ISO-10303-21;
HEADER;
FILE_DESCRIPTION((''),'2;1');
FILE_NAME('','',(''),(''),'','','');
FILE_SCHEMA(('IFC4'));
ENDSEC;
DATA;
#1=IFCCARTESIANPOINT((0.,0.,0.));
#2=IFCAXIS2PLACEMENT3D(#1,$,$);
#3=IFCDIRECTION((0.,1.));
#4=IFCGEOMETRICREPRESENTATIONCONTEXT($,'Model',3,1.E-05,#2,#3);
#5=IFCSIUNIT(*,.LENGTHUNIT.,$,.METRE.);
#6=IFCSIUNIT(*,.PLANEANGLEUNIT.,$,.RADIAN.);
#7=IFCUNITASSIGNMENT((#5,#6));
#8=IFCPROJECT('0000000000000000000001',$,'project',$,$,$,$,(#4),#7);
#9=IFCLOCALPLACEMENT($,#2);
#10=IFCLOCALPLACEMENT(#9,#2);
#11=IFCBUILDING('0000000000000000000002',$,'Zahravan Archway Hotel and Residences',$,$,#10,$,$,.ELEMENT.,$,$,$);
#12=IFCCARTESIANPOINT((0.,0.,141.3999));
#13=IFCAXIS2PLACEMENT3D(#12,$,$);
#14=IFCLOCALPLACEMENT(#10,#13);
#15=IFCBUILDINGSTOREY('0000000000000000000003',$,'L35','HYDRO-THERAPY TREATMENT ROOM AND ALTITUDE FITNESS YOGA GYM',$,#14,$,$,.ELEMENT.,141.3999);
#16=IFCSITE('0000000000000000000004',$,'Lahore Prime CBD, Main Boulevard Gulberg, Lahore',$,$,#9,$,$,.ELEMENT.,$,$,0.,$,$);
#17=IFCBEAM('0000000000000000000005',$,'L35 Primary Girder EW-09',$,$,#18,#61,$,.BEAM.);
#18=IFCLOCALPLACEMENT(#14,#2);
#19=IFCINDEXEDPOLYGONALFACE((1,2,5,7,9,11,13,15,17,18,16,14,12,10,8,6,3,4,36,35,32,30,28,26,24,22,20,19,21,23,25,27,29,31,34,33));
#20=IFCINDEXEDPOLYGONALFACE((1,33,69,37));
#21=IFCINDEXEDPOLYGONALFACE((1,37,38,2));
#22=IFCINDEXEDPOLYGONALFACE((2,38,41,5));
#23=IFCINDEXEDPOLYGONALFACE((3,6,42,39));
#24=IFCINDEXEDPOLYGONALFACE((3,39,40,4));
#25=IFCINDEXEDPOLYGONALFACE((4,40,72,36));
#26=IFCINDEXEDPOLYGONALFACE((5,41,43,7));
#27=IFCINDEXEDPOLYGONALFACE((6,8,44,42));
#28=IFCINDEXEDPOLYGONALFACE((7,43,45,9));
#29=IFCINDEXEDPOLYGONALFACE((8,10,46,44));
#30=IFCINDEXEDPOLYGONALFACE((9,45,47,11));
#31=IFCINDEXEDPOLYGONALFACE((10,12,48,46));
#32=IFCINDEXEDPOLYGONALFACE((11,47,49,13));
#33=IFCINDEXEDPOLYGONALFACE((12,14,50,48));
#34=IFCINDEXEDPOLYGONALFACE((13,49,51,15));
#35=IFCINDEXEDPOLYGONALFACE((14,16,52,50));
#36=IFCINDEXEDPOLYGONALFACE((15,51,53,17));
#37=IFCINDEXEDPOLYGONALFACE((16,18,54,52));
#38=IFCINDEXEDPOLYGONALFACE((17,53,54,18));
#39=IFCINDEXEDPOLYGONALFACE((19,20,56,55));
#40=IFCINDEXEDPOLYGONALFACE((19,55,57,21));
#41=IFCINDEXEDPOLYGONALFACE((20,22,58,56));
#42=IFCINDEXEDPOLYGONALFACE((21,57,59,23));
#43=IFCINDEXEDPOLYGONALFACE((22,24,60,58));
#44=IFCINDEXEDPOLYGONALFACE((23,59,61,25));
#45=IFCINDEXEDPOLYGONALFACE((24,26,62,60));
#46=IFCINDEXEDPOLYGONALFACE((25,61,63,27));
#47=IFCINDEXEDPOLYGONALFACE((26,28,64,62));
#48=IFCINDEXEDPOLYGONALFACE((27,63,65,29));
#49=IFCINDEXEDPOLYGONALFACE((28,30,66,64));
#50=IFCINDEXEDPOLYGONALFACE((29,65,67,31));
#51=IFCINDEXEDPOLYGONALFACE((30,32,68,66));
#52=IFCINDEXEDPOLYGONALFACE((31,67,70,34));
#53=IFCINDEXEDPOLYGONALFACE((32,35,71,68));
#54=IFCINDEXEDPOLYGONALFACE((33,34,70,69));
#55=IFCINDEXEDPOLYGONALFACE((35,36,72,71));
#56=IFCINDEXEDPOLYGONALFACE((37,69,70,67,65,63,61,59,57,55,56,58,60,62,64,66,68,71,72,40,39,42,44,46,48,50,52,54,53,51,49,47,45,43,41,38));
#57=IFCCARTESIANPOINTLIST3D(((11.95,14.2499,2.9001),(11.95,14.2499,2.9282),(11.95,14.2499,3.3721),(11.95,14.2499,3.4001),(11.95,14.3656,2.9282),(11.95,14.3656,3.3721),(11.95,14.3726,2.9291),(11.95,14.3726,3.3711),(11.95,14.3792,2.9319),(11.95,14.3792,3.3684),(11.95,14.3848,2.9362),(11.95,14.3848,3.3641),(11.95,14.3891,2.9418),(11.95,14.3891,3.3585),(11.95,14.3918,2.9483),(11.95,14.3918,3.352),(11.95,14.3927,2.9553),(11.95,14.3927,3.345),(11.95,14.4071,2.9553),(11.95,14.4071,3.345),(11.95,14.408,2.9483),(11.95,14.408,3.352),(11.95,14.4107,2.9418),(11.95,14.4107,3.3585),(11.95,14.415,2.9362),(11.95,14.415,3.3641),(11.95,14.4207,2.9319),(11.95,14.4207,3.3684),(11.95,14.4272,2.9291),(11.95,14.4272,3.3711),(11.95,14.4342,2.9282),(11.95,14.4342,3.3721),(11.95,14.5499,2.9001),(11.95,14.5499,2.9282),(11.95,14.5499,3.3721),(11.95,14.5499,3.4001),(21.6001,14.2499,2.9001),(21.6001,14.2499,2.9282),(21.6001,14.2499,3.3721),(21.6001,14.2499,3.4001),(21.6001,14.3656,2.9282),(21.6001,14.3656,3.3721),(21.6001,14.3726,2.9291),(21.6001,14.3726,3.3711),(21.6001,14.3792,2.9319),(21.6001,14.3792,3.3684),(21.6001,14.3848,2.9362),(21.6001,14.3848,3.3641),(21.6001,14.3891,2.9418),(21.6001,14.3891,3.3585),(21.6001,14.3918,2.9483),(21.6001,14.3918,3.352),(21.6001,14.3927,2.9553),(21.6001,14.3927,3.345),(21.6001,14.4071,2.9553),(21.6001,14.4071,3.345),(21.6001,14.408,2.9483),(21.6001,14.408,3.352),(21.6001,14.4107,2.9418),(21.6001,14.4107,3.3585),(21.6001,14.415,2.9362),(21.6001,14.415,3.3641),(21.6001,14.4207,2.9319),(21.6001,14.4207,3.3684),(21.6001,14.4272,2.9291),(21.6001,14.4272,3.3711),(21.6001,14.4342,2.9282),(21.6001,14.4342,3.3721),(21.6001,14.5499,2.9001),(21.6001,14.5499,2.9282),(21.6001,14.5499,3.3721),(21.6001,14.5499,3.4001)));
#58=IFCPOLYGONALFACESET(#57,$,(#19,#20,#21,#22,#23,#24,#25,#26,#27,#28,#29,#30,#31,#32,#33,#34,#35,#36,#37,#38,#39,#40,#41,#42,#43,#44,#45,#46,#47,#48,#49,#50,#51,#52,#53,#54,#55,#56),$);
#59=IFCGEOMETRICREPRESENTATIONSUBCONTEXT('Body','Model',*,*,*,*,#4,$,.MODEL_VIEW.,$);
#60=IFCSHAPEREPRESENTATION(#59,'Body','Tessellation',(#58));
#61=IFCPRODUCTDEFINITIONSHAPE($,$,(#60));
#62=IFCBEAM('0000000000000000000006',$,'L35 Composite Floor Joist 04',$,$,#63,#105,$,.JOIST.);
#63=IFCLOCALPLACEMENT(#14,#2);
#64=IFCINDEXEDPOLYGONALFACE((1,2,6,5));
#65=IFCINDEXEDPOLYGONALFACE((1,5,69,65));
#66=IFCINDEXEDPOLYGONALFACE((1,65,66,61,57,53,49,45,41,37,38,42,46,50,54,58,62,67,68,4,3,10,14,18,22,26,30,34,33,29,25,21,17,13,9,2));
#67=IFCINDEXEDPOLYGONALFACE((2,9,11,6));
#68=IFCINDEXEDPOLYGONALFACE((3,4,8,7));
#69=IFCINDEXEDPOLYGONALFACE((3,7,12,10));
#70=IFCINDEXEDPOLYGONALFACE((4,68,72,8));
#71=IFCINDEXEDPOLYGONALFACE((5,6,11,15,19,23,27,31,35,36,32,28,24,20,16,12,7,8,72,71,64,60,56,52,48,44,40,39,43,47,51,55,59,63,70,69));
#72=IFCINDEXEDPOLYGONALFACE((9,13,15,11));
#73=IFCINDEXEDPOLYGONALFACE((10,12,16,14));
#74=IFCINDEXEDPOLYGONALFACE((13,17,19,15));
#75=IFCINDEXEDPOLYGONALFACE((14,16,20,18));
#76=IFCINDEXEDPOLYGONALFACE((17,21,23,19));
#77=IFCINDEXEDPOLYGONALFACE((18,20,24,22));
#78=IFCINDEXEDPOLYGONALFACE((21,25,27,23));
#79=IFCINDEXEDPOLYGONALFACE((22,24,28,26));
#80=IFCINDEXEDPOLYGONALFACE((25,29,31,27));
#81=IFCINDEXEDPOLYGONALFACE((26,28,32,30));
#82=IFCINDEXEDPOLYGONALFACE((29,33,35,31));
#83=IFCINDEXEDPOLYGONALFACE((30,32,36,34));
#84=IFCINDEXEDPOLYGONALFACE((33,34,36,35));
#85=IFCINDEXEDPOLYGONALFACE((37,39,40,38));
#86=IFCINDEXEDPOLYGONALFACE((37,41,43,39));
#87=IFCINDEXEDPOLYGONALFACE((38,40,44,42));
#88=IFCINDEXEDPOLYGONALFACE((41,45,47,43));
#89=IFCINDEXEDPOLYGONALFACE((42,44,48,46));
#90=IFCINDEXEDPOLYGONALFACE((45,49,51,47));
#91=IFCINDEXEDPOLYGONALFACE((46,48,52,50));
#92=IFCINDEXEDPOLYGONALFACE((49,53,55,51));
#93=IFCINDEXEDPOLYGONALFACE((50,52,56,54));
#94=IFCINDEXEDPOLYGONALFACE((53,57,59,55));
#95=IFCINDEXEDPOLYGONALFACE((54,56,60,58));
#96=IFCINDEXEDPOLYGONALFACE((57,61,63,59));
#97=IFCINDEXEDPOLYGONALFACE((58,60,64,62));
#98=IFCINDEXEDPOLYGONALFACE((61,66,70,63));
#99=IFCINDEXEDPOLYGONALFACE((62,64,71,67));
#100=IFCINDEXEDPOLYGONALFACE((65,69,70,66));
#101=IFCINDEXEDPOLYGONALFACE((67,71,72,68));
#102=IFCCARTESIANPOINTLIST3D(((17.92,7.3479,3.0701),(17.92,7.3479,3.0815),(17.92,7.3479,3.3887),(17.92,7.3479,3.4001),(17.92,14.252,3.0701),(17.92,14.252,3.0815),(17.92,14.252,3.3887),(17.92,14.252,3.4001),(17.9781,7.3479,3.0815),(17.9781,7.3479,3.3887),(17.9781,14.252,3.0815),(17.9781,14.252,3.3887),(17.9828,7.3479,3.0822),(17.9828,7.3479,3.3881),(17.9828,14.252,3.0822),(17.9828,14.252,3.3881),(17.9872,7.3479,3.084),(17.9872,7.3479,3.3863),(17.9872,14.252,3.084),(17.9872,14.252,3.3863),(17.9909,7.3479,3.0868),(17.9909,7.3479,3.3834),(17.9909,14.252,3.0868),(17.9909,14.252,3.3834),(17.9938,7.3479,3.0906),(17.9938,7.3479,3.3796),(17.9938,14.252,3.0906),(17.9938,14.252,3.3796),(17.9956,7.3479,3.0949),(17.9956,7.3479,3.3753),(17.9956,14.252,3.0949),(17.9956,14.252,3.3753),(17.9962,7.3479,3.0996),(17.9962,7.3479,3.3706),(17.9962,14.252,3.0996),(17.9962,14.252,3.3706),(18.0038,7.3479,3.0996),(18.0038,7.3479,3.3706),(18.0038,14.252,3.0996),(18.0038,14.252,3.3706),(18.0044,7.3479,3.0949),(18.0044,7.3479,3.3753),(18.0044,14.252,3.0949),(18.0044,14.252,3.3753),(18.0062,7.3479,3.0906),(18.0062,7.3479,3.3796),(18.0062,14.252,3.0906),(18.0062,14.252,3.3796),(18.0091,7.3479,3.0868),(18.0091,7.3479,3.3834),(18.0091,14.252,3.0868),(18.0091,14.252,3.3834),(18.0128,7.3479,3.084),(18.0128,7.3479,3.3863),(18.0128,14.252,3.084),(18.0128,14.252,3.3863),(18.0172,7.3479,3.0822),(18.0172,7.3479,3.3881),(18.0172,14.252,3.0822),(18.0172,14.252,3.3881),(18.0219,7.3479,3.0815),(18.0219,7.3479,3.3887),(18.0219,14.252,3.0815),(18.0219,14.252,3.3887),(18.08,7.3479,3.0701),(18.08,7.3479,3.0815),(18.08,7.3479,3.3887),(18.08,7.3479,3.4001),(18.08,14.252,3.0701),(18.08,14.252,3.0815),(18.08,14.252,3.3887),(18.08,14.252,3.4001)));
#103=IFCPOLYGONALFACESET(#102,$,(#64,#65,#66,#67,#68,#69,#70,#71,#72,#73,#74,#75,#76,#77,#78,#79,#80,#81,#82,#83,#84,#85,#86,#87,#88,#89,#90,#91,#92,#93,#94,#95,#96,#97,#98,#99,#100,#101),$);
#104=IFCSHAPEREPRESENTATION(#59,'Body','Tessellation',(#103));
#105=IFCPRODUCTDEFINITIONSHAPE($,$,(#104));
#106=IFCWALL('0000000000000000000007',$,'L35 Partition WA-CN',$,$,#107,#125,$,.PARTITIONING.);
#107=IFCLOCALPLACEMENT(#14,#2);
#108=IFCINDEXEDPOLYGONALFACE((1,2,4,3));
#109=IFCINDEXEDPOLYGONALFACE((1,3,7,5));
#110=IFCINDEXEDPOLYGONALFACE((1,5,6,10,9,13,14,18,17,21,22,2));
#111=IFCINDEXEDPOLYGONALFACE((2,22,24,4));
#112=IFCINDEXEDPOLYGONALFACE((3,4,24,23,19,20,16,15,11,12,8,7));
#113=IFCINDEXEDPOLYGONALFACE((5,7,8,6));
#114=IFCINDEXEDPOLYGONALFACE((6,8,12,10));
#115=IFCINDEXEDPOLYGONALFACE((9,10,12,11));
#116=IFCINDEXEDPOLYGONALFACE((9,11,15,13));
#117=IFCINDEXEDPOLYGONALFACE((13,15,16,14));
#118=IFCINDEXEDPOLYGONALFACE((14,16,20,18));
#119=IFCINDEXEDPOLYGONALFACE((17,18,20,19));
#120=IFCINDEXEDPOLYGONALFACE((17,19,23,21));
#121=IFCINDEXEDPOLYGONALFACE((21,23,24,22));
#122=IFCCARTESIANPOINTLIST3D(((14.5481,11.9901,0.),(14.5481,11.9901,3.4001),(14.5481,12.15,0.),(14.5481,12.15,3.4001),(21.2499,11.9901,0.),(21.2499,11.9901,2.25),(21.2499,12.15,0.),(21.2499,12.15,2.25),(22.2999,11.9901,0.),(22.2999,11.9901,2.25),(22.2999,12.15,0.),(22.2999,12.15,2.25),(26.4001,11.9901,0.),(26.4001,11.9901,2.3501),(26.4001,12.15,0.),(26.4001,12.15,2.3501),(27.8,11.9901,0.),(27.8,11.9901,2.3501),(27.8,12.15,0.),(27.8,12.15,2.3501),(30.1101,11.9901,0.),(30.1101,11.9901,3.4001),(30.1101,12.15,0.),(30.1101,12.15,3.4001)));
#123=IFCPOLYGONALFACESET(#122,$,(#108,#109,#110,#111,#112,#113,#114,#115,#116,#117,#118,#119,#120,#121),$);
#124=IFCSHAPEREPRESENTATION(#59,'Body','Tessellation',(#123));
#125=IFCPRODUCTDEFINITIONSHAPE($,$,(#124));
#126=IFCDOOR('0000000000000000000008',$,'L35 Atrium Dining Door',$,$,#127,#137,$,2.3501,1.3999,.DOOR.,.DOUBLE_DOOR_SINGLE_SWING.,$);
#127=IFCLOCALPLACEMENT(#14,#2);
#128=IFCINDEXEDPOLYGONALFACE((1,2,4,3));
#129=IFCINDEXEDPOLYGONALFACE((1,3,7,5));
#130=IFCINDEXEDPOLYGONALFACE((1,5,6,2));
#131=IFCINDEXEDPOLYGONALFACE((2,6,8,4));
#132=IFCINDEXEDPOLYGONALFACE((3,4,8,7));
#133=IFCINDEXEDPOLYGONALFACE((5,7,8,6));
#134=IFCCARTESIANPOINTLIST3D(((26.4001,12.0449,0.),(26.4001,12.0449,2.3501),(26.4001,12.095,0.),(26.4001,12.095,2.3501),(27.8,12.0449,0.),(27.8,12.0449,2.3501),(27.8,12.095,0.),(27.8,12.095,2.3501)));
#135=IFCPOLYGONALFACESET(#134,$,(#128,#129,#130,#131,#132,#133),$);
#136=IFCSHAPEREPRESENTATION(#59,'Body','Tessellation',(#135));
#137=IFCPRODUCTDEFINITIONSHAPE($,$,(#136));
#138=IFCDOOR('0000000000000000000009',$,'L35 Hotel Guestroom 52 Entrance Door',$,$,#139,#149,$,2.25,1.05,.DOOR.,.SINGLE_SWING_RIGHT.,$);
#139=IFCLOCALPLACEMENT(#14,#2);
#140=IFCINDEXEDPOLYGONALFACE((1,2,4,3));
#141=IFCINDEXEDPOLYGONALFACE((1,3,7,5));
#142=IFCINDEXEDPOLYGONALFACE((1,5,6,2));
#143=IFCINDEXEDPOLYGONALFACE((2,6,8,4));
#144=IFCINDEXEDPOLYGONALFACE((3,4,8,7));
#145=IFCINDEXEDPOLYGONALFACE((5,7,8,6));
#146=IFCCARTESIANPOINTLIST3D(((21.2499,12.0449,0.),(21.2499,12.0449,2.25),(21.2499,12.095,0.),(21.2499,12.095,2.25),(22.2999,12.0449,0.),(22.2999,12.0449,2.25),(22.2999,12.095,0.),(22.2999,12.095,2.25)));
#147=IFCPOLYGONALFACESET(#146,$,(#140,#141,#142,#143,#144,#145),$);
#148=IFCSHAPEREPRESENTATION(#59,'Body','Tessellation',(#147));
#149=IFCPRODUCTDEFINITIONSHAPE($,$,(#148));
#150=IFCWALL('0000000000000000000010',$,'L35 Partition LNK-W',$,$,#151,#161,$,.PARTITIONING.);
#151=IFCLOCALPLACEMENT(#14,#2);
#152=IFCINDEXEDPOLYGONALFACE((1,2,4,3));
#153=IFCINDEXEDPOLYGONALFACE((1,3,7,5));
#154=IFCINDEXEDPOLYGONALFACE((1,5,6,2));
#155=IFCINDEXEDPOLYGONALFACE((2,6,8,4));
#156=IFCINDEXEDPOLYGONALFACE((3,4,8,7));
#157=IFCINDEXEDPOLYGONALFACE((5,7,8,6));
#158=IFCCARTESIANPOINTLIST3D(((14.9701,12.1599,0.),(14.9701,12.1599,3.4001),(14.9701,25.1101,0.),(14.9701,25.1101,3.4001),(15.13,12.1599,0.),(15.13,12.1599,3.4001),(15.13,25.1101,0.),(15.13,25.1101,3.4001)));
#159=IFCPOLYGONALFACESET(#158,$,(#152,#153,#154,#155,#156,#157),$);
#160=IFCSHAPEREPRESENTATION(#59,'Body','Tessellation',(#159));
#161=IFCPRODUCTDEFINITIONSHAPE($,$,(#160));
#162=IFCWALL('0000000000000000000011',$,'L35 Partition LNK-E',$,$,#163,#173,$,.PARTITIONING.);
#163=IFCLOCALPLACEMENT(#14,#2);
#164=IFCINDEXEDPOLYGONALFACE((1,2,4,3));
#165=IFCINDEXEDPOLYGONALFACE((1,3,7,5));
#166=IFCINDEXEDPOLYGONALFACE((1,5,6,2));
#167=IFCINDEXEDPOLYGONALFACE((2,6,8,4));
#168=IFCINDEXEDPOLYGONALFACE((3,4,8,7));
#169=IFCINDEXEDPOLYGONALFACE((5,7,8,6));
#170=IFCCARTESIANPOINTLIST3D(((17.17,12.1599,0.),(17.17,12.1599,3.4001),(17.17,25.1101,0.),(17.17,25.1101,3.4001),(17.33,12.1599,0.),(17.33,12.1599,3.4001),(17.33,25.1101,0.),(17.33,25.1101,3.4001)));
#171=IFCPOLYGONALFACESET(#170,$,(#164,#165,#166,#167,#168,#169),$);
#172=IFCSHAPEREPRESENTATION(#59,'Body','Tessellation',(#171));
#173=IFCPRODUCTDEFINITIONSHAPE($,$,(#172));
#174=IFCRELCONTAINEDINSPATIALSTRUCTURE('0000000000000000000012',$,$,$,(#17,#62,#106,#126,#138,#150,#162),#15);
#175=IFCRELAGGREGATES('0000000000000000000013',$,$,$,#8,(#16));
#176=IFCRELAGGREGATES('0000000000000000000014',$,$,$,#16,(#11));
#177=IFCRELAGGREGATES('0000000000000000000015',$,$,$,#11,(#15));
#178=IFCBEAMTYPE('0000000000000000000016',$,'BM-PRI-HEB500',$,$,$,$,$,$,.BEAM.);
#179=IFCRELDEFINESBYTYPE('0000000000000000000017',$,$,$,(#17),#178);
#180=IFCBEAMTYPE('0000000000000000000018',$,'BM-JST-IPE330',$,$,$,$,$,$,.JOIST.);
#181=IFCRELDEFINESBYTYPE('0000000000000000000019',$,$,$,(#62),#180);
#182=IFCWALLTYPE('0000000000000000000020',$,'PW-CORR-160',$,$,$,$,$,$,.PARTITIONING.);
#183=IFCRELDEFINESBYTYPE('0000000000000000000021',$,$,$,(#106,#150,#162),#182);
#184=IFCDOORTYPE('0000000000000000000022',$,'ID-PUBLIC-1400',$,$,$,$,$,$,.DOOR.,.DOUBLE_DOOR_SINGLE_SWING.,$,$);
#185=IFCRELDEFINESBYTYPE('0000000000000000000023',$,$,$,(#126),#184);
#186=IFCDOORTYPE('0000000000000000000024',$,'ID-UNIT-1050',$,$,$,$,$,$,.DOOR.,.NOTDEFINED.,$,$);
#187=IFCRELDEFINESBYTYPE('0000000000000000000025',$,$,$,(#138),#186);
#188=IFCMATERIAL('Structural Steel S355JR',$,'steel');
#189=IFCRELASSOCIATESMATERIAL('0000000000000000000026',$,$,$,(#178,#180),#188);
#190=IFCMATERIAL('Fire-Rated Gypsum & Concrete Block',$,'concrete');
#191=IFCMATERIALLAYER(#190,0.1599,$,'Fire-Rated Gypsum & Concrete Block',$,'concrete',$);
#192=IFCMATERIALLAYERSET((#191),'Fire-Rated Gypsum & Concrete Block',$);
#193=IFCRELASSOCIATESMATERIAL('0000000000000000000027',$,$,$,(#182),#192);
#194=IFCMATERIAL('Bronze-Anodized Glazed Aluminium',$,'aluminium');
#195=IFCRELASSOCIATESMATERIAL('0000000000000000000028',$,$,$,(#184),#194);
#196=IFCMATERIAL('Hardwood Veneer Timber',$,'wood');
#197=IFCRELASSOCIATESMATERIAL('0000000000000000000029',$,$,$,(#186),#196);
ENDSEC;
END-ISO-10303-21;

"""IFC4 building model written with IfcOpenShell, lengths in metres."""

from ifc_helpers import new_model, si_unit, direction, frame, frame_2d, origin, origin_2d, place, context, subcontext, project, spatial, rectangle, i_section, extrude, source, transform, mapped, material, layer, layer_set, material_profile, profile_set, type_object, type_shapes, element, fill, save


model = new_model("IFC4")

# Units and contexts
model_context = context("Model", 3, precision=1e-05, world=origin(), true_north=direction((0.0, 1.0)))
body_context = subcontext(model_context, "Body", "Model", "MODEL_VIEW")
ifc_project = project(units=[si_unit("LENGTHUNIT", "METRE"), si_unit("PLANEANGLEUNIT", "RADIAN")], contexts=[model_context])

# Site, building, storey
site_placement = place(None, origin())
site = spatial("IfcSite", under=ifc_project, at=site_placement, Name="Lahore Prime CBD, Main Boulevard Gulberg, Lahore", CompositionType="ELEMENT", RefElevation=0.0)
building_placement = place(site_placement, origin())
building = spatial("IfcBuilding", under=site, at=building_placement, Name="Zahravan Archway Hotel and Residences", CompositionType="ELEMENT")
storey_placement = place(building_placement, frame((0.0, 0.0, 141.3999)))
storey = spatial("IfcBuildingStorey", under=building, at=storey_placement, Name="L35", Description="HYDRO-THERAPY TREATMENT ROOM AND ALTITUDE FITNESS YOGA GYM", CompositionType="ELEMENT", Elevation=141.3999)

# Beams
ifc_material_1 = material(Name="Structural Steel S355JR", Category="steel")
ifc_material_profile_1 = material_profile(ifc_material_1, i_section(OverallWidth=0.3, OverallDepth=0.5, WebThickness=0.0144, FlangeThickness=0.0281, FilletRadius=0.0271, at=origin_2d()), Name="HEB 500", Category="steel")
ifc_profile_set_1 = profile_set([ifc_material_profile_1], Name="Structural Steel S355JR")
beam_type_1 = type_object("IfcBeamType", Name="BM-PRI-HEB500", PredefinedType="BEAM", material=ifc_profile_set_1)
shared_shape_1 = source(origin(), body_context, "Body", "SweptSolid", [
    extrude(i_section(OverallWidth=0.3, OverallDepth=0.5, WebThickness=0.0144, FlangeThickness=0.0281, FilletRadius=0.0271, at=origin_2d()), origin(), (0.0, 0.0, 1.0), 9.6501),
])
beam_1_placement = place(storey_placement, frame((11.95, 14.3999, 3.1501), z_axis=(1.0, 0.0, 0.0), x_axis=(0.0, 1.0, 0.0)))
element("IfcBeam", 1, at=beam_1_placement, inside=storey, type_object=beam_type_1, Name="L35 Primary Girder EW-09", PredefinedType="BEAM", context=body_context, shape_type="MappedRepresentation", body=[
    mapped(shared_shape_1, transform((0.0, 0.0, 0.0), scale=1.0)),
])
ifc_material_profile_2 = material_profile(ifc_material_1, i_section(OverallWidth=0.1599, OverallDepth=0.3301, WebThickness=0.0076, FlangeThickness=0.0115, FilletRadius=0.0181, at=origin_2d()), Name="IPE 330", Category="steel")
ifc_profile_set_2 = profile_set([ifc_material_profile_2], Name="Structural Steel S355JR")
beam_type_2 = type_object("IfcBeamType", Name="BM-JST-IPE330", PredefinedType="JOIST", material=ifc_profile_set_2)
shared_shape_2 = source(origin(), body_context, "Body", "SweptSolid", [
    extrude(i_section(OverallWidth=0.1599, OverallDepth=0.3301, WebThickness=0.0076, FlangeThickness=0.0115, FilletRadius=0.0181, at=origin_2d()), origin(), (0.0, 0.0, 1.0), 6.9041),
])
type_shapes(beam_type_2, [shared_shape_2])
beam_2_placement = place(storey_placement, frame((18.0, 7.3479, 3.2351), z_axis=(0.0, 1.0, 0.0), x_axis=(-1.0, 0.0, 0.0)))
element("IfcBeam", 2, at=beam_2_placement, inside=storey, type_object=beam_type_2, Name="L35 Composite Floor Joist 04", PredefinedType="JOIST", context=body_context, shape_type="MappedRepresentation", body=[
    mapped(shared_shape_2, transform((0.0, 0.0, 0.0), scale=1.0)),
])

# Wall, openings, doors
ifc_material_2 = material(Name="Fire-Rated Gypsum & Concrete Block", Category="concrete")
ifc_layer_1 = layer(ifc_material_2, 0.1599, Name="Fire-Rated Gypsum & Concrete Block", Category="concrete")
ifc_layer_set_1 = layer_set([ifc_layer_1], Name="Fire-Rated Gypsum & Concrete Block")
wall_type_1 = type_object("IfcWallType", Name="PW-CORR-160", PredefinedType="PARTITIONING", material=ifc_layer_set_1)
wall_1_placement = place(storey_placement, frame((14.5481, 12.0701, 0.0), z_axis=(0.0, 0.0, 1.0), x_axis=(1.0, 0.0, 0.0)))
wall_1 = element("IfcWall", 3, at=wall_1_placement, inside=storey, type_object=wall_type_1, Name="L35 Partition WA-CN", PredefinedType="PARTITIONING", context=body_context, shape_type="SweptSolid", body=[
    extrude(rectangle(XDim=15.562, YDim=0.1599, at=frame_2d((7.781, 0.0))), origin(), (0.0, 0.0, 1.0), 3.4001),
])
opening_1_placement = place(wall_1_placement, frame((6.7019, 0.0, 0.0)))
opening_1 = element("IfcOpeningElement", 4, at=opening_1_placement, cuts=wall_1, PredefinedType="OPENING", context=body_context, shape_type="SweptSolid", body=[
    extrude(rectangle(XDim=1.05, YDim=2.25, at=frame_2d((0.5249, 1.125))), frame((0.0, 0.0898, 0.0), z_axis=(0.0, -1.0, 0.0), x_axis=(1.0, 0.0, 0.0)), (0.0, 0.0, 1.0), 0.1799),
])
opening_2_placement = place(wall_1_placement, frame((11.8521, 0.0, 0.0)))
opening_2 = element("IfcOpeningElement", 5, at=opening_2_placement, cuts=wall_1, PredefinedType="OPENING", context=body_context, shape_type="SweptSolid", body=[
    extrude(rectangle(XDim=1.3999, YDim=2.3501, at=frame_2d((0.7, 1.175))), frame((0.0, 0.0898, 0.0), z_axis=(0.0, -1.0, 0.0), x_axis=(1.0, 0.0, 0.0)), (0.0, 0.0, 1.0), 0.1799),
])
ifc_material_3 = material(Name="Bronze-Anodized Glazed Aluminium", Category="aluminium")
door_type_1 = type_object("IfcDoorType", Name="ID-PUBLIC-1400", OperationType="DOUBLE_DOOR_SINGLE_SWING", PredefinedType="DOOR", material=ifc_material_3)
shared_shape_3 = source(origin(), body_context, "Body", "SweptSolid", [
    extrude(rectangle(XDim=1.3999, YDim=2.3501, at=frame_2d((0.7, 1.175))), frame((0.0, 0.0249, 0.0), z_axis=(0.0, -1.0, 0.0), x_axis=(1.0, 0.0, 0.0)), (0.0, 0.0, 1.0), 0.05),
])
type_shapes(door_type_1, [shared_shape_3])
door_1_placement = place(opening_2_placement, origin())
door_1 = element("IfcDoor", 6, at=door_1_placement, inside=storey, type_object=door_type_1, Name="L35 Atrium Dining Door", OperationType="DOUBLE_DOOR_SINGLE_SWING", OverallHeight=2.3501, OverallWidth=1.3999, PredefinedType="DOOR", context=body_context, shape_type="MappedRepresentation", body=[
    mapped(shared_shape_3, transform((0.0, 0.0, 0.0), scale=1.0)),
])
fill(opening_2, door_1)
ifc_material_4 = material(Name="Hardwood Veneer Timber", Category="wood")
door_type_2 = type_object("IfcDoorType", Name="ID-UNIT-1050", OperationType="NOTDEFINED", PredefinedType="DOOR", material=ifc_material_4)
shared_shape_4 = source(origin(), body_context, "Body", "SweptSolid", [
    extrude(rectangle(XDim=1.05, YDim=2.25, at=frame_2d((0.5249, 1.125))), frame((0.0, 0.0249, 0.0), z_axis=(0.0, -1.0, 0.0), x_axis=(1.0, 0.0, 0.0)), (0.0, 0.0, 1.0), 0.05),
])
type_shapes(door_type_2, [shared_shape_4])
door_2_placement = place(opening_1_placement, origin())
door_2 = element("IfcDoor", 7, at=door_2_placement, inside=storey, type_object=door_type_2, Name="L35 Hotel Guestroom 52 Entrance Door", OperationType="SINGLE_SWING_RIGHT", OverallHeight=2.25, OverallWidth=1.05, PredefinedType="DOOR", context=body_context, shape_type="MappedRepresentation", body=[
    mapped(shared_shape_4, transform((0.0, 0.0, 0.0), scale=1.0)),
])
fill(opening_1, door_2)

# Walls
for number, where, z_axis, x_axis, name in (
    (8, (15.05, 12.1599, 0.0), (0.0, 0.0, 1.0), (0.0, 1.0, 0.0), "L35 Partition LNK-W"),
    (9, (17.25, 12.1599, 0.0), (0.0, 0.0, 1.0), (0.0, 1.0, 0.0), "L35 Partition LNK-E"),
):
    element("IfcWall", number, at=place(storey_placement, frame(where, z_axis=z_axis, x_axis=x_axis)), inside=storey, type_object=wall_type_1, Name=name, PredefinedType="PARTITIONING", context=body_context, shape_type="SweptSolid", body=[
        extrude(rectangle(XDim=12.9502, YDim=0.1599, at=frame_2d((6.4751, 0.0))), origin(), (0.0, 0.0, 1.0), 3.4001),
    ])

save(model, "model.ifc")
